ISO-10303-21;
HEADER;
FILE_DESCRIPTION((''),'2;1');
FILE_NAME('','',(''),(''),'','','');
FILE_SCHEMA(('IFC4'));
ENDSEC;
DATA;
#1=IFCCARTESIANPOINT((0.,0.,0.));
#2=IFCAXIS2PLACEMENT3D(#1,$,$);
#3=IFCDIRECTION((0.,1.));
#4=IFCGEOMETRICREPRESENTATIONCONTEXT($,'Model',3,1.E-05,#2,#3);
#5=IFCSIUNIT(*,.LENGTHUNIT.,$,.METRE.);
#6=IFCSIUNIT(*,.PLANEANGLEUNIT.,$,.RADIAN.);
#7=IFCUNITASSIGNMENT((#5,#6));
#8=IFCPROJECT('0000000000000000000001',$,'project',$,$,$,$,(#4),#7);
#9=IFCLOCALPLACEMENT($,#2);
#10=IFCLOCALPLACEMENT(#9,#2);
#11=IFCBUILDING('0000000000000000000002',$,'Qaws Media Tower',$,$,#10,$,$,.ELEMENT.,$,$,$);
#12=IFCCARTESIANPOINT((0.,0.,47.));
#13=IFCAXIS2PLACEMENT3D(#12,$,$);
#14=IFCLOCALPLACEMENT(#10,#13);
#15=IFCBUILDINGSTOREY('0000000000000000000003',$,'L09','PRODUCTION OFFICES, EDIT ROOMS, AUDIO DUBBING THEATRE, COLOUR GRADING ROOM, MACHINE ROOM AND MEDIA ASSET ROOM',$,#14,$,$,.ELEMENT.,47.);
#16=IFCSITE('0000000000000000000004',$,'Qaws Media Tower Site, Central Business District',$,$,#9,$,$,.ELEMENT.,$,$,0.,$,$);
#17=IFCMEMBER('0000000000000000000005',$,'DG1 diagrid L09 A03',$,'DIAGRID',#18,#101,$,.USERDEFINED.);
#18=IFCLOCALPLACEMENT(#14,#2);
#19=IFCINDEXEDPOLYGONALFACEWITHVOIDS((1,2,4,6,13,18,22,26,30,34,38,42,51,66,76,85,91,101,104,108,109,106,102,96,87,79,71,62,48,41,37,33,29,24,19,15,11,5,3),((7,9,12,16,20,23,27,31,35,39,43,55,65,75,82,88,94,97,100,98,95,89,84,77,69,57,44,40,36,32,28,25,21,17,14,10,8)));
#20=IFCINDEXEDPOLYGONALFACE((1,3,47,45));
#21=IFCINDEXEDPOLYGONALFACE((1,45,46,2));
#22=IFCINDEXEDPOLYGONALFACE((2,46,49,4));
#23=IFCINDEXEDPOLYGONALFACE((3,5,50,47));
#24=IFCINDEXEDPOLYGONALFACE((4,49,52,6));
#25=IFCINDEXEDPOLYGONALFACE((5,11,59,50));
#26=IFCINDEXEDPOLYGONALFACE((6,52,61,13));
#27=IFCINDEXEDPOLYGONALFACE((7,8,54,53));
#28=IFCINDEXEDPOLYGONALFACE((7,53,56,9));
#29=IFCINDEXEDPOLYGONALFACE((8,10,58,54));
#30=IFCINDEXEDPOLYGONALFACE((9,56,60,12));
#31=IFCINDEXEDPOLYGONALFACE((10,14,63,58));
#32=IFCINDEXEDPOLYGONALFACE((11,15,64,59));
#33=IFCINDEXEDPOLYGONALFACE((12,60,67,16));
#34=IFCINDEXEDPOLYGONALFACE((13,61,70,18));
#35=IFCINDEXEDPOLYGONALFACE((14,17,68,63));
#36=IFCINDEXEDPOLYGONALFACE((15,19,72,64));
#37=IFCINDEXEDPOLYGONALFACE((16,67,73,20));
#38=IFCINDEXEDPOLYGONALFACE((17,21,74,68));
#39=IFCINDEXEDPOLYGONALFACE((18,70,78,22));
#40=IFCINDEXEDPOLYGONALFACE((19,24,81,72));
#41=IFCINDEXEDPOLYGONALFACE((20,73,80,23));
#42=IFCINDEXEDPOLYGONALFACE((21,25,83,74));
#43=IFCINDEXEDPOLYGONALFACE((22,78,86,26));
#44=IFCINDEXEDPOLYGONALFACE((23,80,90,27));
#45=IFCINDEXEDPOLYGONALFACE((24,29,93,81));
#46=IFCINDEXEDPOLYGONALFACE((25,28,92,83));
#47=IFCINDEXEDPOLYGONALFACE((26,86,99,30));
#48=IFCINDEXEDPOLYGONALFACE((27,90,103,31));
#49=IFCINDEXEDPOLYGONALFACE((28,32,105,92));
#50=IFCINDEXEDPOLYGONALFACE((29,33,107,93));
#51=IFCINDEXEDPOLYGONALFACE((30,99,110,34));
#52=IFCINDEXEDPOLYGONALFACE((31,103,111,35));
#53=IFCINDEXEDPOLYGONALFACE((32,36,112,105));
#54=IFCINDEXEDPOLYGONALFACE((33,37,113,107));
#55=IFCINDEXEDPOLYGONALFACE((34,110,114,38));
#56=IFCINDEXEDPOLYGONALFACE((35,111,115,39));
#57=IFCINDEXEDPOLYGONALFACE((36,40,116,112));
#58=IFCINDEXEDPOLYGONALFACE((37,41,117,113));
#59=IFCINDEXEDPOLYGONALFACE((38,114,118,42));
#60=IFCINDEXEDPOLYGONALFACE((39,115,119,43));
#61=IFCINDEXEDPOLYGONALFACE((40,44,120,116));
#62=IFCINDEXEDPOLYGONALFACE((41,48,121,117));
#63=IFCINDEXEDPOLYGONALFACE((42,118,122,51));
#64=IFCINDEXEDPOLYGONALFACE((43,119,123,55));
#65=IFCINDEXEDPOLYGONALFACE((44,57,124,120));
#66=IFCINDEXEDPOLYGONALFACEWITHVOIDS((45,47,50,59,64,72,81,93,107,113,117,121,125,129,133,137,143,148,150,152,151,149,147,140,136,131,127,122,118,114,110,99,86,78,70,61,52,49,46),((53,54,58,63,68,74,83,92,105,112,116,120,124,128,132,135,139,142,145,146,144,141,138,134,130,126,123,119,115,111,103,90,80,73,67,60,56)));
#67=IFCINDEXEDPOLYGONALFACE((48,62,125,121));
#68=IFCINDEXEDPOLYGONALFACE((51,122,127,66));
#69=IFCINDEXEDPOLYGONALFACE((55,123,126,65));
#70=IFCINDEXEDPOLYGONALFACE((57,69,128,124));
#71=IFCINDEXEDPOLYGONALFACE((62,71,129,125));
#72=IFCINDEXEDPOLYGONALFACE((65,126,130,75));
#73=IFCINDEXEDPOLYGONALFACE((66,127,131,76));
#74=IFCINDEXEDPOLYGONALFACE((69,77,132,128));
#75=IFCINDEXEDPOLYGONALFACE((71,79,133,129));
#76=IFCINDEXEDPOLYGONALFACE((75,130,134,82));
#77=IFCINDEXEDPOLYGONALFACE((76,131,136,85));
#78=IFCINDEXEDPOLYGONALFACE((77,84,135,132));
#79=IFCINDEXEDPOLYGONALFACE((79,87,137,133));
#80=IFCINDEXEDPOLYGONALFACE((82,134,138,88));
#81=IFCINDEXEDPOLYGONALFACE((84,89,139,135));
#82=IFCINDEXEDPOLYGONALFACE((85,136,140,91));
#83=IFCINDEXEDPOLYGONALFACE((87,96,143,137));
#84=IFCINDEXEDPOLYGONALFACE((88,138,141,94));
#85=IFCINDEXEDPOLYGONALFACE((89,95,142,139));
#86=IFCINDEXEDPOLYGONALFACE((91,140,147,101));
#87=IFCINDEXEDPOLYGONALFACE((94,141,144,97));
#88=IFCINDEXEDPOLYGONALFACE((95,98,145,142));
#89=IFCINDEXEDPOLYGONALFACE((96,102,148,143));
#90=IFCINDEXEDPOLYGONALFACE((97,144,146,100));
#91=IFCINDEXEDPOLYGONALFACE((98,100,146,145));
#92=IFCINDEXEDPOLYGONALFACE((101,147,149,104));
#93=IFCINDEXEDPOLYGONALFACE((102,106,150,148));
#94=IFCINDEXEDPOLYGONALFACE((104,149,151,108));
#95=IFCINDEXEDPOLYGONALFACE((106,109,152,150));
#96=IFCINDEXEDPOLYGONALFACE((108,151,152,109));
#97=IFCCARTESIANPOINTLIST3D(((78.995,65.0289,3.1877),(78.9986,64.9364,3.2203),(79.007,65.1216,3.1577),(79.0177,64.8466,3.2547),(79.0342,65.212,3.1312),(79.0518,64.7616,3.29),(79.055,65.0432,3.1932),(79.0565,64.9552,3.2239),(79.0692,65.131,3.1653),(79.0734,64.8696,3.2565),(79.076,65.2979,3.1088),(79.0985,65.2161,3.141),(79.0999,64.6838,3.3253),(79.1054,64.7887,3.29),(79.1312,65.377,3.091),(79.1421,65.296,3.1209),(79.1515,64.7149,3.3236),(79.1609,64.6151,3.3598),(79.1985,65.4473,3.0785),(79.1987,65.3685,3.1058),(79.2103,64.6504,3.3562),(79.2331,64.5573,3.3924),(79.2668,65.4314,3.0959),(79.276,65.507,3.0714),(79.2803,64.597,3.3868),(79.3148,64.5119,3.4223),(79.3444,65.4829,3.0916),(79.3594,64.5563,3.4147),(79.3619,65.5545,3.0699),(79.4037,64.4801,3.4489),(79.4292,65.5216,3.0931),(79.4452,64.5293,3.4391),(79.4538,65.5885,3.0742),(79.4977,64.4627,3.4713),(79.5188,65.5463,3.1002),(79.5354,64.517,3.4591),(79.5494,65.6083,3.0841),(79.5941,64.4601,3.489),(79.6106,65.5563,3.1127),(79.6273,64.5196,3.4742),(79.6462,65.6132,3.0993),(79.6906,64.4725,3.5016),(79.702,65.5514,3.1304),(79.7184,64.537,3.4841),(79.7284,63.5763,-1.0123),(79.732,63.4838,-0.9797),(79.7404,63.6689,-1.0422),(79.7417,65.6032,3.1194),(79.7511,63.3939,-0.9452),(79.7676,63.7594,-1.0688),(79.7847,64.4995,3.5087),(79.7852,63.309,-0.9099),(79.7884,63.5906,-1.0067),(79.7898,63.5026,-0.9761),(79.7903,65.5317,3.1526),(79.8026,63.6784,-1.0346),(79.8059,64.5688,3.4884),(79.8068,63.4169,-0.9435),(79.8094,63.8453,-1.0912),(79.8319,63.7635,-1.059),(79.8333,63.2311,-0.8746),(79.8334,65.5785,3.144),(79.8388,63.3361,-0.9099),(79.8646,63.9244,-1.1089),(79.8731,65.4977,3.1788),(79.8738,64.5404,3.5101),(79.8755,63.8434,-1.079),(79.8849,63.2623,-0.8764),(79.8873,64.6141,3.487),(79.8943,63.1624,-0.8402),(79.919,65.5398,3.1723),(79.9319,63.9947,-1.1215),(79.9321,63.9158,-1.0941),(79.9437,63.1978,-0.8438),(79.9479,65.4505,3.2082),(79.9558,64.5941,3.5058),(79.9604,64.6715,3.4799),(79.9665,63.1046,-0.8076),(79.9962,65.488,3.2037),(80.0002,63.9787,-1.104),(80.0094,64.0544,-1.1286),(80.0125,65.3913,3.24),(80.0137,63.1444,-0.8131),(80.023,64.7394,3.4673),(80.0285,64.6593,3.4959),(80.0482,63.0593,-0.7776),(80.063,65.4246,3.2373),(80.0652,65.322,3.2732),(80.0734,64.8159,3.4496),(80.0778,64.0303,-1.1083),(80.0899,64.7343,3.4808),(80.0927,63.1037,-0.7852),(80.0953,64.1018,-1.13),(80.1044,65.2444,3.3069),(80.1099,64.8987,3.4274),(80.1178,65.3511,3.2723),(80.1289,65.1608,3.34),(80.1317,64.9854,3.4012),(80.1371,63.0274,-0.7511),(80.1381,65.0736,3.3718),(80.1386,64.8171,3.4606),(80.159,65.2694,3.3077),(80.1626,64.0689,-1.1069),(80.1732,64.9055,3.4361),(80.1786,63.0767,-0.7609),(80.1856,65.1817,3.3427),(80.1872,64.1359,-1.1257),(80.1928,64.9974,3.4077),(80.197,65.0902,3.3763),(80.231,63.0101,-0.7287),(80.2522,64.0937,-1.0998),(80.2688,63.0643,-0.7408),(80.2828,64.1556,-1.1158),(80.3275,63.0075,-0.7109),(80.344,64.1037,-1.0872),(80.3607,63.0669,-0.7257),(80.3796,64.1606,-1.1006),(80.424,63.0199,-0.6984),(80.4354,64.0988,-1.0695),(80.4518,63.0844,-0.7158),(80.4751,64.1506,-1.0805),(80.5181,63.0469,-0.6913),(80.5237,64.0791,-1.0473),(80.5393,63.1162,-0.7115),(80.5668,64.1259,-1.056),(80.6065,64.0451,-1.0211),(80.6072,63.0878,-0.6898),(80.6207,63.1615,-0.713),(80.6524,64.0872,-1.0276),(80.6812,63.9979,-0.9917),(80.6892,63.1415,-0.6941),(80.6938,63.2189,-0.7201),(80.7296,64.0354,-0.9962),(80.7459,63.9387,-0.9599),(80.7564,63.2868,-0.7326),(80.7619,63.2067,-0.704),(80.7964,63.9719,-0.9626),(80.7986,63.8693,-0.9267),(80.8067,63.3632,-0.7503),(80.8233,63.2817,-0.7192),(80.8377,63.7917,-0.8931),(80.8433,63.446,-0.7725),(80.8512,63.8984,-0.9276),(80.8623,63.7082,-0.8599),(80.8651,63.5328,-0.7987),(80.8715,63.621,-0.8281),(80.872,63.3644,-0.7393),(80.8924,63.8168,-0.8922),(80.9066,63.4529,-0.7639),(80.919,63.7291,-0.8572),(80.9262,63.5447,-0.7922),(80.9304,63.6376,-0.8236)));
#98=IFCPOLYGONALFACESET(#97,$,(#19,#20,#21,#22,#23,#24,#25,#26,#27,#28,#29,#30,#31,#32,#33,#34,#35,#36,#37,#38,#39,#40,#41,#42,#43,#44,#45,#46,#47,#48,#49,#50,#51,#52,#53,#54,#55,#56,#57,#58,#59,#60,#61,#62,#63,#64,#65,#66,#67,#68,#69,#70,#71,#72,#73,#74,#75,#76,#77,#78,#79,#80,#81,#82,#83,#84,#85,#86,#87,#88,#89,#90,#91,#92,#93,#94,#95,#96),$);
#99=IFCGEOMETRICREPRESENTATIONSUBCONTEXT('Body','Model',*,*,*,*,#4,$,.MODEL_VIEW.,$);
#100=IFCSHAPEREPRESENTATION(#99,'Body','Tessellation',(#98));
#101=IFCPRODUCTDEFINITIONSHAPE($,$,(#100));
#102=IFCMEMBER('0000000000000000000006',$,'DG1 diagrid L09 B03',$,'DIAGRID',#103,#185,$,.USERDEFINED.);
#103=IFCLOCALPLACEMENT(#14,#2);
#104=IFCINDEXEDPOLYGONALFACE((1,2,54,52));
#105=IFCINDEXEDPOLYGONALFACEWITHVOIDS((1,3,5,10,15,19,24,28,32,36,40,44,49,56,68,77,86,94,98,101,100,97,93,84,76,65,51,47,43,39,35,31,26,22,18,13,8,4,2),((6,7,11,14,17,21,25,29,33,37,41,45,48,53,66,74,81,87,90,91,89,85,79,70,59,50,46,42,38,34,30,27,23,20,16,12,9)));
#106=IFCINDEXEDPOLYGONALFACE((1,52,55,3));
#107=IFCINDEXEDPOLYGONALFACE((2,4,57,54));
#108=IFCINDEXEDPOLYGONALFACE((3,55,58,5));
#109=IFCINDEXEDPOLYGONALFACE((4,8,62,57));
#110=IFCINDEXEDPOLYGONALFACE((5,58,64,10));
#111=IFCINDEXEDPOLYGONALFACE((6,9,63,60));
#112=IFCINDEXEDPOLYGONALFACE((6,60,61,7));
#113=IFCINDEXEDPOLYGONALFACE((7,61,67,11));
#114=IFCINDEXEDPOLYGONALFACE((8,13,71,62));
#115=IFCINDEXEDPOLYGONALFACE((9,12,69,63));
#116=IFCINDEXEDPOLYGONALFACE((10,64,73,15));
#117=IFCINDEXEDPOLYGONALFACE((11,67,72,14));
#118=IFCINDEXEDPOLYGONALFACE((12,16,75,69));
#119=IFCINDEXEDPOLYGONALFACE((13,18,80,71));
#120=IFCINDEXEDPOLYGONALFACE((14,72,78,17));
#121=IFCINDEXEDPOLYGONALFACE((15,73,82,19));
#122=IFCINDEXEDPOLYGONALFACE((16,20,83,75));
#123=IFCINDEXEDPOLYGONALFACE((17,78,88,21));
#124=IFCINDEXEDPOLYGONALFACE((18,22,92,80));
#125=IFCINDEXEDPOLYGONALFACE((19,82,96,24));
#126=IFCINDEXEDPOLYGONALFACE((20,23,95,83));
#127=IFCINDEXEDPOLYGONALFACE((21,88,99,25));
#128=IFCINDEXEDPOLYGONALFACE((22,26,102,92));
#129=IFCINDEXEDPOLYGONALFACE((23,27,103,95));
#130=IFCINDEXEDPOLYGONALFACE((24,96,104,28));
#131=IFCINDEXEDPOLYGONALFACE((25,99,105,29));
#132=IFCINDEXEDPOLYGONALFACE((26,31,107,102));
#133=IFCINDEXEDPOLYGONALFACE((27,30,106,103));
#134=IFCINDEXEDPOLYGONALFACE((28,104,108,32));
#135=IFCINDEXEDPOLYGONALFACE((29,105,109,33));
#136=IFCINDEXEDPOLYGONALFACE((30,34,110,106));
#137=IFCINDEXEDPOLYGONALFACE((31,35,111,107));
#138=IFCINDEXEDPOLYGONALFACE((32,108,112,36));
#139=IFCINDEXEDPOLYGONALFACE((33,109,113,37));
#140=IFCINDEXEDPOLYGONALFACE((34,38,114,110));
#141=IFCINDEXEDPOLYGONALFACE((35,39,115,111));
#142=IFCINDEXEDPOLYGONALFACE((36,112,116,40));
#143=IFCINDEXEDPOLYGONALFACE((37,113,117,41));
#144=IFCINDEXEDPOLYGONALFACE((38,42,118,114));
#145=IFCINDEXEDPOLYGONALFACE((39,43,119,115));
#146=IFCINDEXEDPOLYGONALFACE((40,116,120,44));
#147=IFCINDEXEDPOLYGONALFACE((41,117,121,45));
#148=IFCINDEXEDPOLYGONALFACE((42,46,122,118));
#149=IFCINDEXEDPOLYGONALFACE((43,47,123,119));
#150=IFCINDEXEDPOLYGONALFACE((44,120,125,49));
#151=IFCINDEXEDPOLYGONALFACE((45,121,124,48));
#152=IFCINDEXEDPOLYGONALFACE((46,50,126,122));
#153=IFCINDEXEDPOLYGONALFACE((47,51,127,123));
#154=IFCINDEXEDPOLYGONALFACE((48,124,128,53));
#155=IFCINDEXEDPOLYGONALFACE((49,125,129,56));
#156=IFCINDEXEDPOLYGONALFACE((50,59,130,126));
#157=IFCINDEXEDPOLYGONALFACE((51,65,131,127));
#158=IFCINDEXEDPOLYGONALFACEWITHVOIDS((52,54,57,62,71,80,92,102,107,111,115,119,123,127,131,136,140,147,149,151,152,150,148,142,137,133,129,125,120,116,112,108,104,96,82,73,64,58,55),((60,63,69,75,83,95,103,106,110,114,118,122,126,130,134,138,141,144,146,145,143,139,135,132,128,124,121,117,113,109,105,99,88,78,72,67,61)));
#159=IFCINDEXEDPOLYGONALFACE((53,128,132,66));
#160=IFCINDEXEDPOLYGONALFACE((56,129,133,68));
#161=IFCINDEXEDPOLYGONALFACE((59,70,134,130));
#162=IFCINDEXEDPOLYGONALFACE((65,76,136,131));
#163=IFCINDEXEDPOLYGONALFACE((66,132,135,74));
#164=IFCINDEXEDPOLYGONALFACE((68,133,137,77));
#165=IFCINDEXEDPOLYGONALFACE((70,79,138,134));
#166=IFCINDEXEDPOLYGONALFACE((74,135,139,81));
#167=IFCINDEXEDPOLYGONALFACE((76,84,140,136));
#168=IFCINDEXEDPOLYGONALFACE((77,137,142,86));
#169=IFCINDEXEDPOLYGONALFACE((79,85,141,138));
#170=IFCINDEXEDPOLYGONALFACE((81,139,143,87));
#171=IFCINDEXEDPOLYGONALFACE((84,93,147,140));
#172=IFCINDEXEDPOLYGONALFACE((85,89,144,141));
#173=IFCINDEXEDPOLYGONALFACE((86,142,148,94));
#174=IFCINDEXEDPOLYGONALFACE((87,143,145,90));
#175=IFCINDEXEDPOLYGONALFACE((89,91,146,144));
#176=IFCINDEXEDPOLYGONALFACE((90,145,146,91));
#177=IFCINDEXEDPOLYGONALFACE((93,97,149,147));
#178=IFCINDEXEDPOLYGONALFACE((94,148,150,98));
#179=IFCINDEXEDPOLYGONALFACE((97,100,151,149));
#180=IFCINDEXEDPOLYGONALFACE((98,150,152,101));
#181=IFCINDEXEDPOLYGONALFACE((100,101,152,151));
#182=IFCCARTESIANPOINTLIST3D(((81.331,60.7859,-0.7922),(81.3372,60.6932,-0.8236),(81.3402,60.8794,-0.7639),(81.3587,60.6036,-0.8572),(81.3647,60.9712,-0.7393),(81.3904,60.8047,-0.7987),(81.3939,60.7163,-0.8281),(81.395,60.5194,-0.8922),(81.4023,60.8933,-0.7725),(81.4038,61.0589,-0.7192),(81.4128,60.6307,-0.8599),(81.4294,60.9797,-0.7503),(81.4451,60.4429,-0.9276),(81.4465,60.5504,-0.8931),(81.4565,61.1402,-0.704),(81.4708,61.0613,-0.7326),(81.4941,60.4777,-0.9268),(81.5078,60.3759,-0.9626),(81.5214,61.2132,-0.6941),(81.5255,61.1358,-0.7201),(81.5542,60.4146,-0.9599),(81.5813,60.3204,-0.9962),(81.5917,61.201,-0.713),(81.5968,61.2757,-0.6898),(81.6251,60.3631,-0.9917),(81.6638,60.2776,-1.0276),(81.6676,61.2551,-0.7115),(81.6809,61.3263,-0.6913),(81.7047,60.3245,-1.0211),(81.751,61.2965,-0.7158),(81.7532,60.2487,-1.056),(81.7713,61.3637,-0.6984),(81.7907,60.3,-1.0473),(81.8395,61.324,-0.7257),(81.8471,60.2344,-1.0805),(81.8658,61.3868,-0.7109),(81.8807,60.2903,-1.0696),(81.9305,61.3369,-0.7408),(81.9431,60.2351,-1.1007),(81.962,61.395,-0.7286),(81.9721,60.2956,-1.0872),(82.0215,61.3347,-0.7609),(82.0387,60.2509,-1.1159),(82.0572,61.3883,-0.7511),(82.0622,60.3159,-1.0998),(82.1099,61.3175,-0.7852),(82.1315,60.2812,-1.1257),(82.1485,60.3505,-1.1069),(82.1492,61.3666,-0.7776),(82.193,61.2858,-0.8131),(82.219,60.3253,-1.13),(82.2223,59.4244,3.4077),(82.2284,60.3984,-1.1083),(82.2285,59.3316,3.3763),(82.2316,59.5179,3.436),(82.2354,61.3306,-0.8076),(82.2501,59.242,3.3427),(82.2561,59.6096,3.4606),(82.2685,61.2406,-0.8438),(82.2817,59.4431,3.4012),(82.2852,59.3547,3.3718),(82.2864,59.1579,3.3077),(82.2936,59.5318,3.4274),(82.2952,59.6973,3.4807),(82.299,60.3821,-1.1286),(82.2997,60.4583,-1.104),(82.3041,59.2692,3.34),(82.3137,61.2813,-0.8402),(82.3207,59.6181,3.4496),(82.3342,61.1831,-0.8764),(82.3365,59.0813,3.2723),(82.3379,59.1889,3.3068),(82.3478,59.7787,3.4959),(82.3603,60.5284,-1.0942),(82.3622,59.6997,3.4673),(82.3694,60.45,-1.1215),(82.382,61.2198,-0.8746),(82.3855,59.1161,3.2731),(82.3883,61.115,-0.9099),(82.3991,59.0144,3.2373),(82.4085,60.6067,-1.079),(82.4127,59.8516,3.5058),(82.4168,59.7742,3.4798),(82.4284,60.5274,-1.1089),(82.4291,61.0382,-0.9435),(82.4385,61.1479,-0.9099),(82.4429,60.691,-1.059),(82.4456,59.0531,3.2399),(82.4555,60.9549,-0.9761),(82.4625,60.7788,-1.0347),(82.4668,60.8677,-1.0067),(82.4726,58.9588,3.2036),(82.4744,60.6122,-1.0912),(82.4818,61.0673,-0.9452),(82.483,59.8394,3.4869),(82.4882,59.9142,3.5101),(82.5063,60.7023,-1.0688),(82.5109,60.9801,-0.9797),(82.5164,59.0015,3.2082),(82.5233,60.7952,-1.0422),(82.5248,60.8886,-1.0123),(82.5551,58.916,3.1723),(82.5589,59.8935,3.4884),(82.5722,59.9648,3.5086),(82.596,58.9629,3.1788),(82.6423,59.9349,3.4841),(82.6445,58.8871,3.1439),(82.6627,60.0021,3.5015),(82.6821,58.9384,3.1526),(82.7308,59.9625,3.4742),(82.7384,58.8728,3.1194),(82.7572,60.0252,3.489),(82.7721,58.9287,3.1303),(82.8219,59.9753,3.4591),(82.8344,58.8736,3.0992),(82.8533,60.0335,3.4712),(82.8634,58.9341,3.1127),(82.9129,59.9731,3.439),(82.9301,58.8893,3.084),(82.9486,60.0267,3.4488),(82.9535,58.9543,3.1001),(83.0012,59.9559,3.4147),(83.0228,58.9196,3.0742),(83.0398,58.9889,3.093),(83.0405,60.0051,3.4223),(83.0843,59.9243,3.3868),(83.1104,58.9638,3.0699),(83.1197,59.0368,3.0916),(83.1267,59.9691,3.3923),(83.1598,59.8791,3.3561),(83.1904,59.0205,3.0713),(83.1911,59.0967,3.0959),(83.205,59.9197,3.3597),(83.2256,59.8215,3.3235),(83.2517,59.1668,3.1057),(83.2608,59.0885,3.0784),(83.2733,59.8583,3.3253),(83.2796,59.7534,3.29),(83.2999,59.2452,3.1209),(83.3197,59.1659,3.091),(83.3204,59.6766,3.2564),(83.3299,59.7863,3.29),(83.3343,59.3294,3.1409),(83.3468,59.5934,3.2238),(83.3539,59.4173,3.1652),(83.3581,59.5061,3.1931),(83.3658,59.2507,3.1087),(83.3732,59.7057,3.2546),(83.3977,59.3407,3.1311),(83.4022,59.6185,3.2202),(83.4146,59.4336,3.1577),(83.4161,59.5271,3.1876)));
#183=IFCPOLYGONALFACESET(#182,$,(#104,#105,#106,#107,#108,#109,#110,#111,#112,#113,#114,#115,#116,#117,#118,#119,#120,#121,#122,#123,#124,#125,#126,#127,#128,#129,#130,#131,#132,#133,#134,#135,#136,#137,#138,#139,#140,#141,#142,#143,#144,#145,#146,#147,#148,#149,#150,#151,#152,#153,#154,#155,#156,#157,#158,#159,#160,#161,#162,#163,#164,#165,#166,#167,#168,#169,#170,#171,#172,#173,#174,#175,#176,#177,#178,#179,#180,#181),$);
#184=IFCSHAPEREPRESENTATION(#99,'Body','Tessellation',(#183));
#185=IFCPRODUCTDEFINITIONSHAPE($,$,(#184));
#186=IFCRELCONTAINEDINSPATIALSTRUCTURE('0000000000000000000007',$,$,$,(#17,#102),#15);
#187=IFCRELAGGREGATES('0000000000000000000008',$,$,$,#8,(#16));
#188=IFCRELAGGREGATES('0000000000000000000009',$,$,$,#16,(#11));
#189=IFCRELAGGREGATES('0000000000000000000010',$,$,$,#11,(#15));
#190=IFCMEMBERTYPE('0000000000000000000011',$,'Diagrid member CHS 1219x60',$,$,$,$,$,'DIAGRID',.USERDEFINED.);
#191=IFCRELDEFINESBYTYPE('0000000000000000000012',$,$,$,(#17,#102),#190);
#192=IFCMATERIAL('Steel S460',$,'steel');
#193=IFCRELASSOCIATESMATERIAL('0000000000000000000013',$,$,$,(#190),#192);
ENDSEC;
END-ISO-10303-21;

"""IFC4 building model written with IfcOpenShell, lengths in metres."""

from ifc_helpers import new_model, si_unit, direction, frame, origin, origin_2d, place, context, subcontext, project, spatial, hollow_circle, extrude, material, material_profile, profile_set, type_object, element, save


model = new_model("IFC4")

# Units and contexts
model_context = context("Model", 3, precision=1e-05, world=origin(), true_north=direction((0.0, 1.0)))
body_context = subcontext(model_context, "Body", "Model", "MODEL_VIEW")
ifc_project = project(units=[si_unit("LENGTHUNIT", "METRE"), si_unit("PLANEANGLEUNIT", "RADIAN")], contexts=[model_context])

# Site, building, storey
site_placement = place(None, origin())
site = spatial("IfcSite", under=ifc_project, at=site_placement, Name="Qaws Media Tower Site, Central Business District", CompositionType="ELEMENT", RefElevation=0.0)
building_placement = place(site_placement, origin())
building = spatial("IfcBuilding", under=site, at=building_placement, Name="Qaws Media Tower", CompositionType="ELEMENT")
storey_placement = place(building_placement, frame((0.0, 0.0, 47.0)))
storey = spatial("IfcBuildingStorey", under=building, at=storey_placement, Name="L09", Description="PRODUCTION OFFICES, EDIT ROOMS, AUDIO DUBBING THEATRE, COLOUR GRADING ROOM, MACHINE ROOM AND MEDIA ASSET ROOM", CompositionType="ELEMENT", Elevation=47.0)

# Members
ifc_material_1 = material(Name="Steel S460", Category="steel")
ifc_material_profile_1 = material_profile(ifc_material_1, hollow_circle(Radius=0.6096, WallThickness=0.0601, at=origin_2d()), Name="CHS 1219x60")
ifc_profile_set_1 = profile_set([ifc_material_profile_1], Name="Steel S460")
member_type_1 = type_object("IfcMemberType", Name="Diagrid member CHS 1219x60", ElementType="DIAGRID", PredefinedType="USERDEFINED", material=ifc_profile_set_1)
for number, where, z_axis, x_axis, name in (
    (1, (80.3293, 63.5837, -0.9099), (-0.162826, 0.322509, 0.932457), (-0.89268, -0.450691, 0.0), "DG1 diagrid L09 A03"),
    (2, (81.9285, 60.814, -0.9099), (0.197894, -0.302288, 0.932448), (0.83666, 0.547722, 0.0), "DG1 diagrid L09 B03"),
):
    element("IfcMember", number, at=place(storey_placement, frame(where, z_axis=z_axis, x_axis=x_axis)), inside=storey, type_object=member_type_1, Name=name, ObjectType="DIAGRID", PredefinedType="USERDEFINED", context=body_context, shape_type="SweptSolid", body=[
        extrude(hollow_circle(Radius=0.6096, WallThickness=0.0601, at=origin_2d()), origin(), (0.0, 0.0, 1.0), 4.5042),
    ])

save(model, "model.ifc")
